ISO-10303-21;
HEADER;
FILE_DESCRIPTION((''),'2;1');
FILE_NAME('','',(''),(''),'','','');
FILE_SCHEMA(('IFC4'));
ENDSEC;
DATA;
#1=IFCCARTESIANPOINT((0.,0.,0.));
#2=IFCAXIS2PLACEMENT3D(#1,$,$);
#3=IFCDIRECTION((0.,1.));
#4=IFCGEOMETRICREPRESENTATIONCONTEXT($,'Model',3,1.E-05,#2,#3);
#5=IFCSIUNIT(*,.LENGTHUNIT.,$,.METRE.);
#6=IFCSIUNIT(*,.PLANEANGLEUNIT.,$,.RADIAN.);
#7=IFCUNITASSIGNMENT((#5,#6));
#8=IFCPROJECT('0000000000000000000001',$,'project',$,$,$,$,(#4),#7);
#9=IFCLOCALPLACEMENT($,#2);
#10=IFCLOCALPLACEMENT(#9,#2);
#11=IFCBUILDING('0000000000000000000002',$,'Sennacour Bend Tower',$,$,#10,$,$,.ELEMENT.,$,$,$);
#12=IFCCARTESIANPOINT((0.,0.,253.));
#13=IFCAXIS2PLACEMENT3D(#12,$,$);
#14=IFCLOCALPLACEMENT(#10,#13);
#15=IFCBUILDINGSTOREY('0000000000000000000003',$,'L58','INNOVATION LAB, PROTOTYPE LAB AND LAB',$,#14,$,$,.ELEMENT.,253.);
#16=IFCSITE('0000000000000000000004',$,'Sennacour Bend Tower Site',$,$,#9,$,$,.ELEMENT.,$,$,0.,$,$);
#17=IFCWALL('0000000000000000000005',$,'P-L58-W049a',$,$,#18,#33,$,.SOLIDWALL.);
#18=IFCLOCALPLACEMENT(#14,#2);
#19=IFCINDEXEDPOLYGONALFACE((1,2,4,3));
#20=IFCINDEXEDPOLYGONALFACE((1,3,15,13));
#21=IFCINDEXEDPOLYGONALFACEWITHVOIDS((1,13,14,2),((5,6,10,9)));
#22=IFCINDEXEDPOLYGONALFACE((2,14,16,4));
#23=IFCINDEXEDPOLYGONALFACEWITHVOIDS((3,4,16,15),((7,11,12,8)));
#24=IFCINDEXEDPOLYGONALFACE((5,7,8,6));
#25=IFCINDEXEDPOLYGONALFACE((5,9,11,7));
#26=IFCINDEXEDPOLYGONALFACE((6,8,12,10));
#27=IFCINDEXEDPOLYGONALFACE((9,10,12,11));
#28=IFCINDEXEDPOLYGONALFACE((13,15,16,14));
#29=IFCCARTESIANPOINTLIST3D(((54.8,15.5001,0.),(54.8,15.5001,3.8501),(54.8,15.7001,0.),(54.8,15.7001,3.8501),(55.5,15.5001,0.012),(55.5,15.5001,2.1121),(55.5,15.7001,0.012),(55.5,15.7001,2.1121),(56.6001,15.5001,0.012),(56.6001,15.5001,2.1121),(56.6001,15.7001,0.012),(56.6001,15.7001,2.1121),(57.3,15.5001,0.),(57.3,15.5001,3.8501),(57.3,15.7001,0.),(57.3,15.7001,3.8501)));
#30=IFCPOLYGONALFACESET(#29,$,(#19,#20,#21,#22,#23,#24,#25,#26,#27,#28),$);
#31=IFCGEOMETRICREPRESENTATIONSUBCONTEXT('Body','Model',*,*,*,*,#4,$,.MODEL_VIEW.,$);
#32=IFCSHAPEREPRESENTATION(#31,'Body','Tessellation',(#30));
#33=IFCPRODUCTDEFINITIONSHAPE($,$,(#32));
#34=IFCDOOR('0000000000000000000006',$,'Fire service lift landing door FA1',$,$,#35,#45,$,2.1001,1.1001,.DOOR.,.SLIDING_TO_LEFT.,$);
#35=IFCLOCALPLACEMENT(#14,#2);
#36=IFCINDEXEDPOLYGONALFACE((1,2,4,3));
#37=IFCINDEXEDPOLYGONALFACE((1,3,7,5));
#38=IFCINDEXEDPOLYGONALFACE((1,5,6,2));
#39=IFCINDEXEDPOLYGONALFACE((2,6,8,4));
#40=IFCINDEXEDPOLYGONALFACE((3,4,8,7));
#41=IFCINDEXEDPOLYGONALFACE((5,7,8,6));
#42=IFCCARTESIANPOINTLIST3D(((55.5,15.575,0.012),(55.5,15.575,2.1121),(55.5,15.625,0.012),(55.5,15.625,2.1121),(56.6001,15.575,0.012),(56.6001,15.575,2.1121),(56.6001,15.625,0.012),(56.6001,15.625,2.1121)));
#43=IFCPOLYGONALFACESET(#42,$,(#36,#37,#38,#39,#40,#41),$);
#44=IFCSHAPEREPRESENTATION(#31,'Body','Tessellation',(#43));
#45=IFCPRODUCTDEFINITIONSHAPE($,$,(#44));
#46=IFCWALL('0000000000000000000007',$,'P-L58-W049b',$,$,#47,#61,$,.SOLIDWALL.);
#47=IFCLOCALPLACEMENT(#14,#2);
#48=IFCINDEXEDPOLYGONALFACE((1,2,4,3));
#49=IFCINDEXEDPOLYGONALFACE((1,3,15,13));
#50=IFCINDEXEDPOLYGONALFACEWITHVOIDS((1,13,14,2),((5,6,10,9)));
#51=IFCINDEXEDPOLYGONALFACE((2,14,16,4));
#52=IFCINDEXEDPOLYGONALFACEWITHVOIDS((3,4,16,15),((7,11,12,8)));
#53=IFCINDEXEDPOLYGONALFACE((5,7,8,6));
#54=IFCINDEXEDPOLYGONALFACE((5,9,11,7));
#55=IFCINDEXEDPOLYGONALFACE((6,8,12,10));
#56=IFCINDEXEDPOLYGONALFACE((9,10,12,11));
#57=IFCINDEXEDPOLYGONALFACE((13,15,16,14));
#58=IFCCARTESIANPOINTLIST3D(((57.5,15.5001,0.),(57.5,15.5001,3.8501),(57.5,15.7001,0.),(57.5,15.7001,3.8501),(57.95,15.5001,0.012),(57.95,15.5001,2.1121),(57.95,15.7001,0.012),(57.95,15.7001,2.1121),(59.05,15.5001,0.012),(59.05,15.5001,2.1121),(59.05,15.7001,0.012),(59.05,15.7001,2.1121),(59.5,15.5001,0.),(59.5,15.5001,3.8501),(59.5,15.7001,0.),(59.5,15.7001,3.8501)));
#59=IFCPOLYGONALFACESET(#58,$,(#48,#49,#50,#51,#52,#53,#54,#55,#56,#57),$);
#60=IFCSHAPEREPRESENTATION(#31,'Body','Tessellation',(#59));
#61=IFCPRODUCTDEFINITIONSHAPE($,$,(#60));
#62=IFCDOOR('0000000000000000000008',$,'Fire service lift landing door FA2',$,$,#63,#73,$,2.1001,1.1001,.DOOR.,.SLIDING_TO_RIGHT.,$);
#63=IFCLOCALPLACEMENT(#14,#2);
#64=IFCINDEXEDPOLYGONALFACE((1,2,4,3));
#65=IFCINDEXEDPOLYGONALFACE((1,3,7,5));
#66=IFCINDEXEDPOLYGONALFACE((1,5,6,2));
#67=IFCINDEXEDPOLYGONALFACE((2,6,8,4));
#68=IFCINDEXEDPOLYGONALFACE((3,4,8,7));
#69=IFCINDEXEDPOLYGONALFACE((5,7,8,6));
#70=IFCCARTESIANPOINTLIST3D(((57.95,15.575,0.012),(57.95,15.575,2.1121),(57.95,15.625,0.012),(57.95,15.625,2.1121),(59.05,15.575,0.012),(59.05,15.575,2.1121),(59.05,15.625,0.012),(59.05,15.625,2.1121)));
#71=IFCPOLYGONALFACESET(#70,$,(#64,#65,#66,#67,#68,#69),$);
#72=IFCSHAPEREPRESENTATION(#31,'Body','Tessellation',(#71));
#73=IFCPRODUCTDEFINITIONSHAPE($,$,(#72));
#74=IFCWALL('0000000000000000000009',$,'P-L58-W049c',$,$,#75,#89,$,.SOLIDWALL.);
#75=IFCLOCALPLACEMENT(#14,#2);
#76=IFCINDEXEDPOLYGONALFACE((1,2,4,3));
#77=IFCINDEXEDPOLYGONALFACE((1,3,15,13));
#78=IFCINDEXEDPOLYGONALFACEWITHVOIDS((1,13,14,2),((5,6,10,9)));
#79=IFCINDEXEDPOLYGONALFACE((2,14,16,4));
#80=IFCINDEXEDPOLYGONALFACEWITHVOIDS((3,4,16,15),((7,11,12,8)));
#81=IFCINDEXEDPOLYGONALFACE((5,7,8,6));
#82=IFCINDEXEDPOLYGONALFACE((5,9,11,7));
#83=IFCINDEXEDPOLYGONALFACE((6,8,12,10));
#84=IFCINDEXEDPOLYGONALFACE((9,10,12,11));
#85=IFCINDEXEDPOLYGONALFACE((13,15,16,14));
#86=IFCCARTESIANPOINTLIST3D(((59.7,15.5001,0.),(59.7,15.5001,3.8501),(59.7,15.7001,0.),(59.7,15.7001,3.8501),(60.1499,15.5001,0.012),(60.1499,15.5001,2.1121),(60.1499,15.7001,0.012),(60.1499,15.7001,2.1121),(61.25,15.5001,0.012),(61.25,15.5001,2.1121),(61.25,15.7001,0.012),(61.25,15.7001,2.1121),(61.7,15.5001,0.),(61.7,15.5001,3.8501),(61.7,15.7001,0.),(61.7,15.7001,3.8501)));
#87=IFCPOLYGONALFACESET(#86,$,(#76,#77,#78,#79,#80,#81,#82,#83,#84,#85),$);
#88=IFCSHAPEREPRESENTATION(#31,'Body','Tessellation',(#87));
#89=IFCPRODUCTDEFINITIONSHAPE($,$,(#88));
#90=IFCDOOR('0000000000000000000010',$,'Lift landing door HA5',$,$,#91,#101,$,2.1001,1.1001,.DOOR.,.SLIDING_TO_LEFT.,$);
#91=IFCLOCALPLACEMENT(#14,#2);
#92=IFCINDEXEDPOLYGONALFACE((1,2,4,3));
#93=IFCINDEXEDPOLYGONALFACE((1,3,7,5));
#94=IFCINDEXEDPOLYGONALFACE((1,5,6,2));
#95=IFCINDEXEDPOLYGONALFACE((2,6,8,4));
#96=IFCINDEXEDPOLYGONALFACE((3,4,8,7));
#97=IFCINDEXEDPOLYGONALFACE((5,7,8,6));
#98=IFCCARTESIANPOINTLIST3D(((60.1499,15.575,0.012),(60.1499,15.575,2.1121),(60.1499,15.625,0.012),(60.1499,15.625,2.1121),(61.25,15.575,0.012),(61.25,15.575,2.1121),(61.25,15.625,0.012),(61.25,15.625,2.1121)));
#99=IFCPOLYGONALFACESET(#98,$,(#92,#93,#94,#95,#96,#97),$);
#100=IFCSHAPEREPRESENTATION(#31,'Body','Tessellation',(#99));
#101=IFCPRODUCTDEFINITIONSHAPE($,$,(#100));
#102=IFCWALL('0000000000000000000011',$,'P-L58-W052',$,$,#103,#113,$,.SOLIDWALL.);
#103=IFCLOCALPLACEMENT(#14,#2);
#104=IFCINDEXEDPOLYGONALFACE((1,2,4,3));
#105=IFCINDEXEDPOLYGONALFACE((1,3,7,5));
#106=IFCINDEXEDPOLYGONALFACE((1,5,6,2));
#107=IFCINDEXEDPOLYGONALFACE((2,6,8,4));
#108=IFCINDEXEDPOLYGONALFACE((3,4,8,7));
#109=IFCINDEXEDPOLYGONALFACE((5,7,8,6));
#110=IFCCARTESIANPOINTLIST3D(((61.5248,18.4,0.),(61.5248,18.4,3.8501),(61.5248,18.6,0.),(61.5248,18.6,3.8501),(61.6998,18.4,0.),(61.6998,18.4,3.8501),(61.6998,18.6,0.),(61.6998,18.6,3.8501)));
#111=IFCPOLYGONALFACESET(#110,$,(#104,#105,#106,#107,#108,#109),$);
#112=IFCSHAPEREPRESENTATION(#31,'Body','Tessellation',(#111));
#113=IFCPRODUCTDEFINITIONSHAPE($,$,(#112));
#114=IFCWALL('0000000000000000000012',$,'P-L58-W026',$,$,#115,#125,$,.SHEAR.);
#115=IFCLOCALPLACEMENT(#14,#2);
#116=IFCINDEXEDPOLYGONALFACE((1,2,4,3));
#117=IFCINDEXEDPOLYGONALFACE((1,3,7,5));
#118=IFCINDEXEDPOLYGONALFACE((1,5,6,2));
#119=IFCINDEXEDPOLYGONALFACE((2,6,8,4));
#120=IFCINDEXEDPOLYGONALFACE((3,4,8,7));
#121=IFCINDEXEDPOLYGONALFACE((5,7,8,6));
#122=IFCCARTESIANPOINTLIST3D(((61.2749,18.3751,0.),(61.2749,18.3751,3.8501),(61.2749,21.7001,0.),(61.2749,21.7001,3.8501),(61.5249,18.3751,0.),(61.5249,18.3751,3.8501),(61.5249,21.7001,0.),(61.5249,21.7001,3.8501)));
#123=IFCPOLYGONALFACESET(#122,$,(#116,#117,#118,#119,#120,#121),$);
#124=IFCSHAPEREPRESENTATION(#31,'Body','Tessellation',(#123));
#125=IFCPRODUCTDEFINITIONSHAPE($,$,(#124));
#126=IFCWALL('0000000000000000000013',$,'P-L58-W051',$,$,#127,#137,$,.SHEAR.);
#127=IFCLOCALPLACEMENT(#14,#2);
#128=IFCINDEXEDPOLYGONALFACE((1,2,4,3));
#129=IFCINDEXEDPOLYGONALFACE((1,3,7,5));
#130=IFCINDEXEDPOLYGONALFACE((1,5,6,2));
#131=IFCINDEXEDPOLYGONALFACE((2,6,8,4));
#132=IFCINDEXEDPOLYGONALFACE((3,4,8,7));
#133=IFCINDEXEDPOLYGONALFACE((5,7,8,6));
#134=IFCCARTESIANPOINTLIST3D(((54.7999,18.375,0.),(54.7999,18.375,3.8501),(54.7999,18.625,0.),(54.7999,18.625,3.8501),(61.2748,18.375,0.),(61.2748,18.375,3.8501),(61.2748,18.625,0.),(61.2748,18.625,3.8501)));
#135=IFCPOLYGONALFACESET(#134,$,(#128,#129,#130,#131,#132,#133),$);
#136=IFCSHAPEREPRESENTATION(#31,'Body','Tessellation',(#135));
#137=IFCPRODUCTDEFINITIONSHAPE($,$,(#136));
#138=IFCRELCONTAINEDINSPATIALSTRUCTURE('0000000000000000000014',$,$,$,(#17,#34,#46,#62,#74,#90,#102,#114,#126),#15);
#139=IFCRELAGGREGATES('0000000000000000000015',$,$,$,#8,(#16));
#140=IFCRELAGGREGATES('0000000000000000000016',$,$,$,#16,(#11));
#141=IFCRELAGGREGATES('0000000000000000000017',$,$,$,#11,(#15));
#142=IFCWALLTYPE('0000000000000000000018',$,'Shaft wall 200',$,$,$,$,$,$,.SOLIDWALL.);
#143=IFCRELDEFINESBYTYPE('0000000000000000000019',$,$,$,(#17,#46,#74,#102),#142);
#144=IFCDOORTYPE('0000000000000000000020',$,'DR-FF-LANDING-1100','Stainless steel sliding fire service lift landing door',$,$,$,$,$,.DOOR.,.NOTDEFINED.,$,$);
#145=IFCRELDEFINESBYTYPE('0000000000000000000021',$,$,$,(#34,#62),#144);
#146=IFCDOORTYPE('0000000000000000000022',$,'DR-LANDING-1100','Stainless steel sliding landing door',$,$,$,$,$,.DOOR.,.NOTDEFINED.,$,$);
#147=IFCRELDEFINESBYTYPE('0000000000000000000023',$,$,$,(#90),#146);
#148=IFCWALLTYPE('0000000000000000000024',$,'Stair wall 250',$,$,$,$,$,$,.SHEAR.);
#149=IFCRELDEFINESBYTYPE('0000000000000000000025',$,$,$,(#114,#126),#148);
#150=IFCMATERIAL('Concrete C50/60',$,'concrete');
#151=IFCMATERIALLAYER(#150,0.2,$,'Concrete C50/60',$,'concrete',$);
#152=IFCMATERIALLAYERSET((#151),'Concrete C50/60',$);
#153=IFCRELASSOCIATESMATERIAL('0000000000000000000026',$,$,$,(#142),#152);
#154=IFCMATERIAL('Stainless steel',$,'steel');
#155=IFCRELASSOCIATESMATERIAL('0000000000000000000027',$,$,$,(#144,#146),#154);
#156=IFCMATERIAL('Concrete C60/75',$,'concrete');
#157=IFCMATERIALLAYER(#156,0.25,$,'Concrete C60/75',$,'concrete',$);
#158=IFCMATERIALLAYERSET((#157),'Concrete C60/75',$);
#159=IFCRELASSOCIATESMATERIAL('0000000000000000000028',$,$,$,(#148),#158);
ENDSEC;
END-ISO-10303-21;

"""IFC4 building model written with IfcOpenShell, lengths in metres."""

from ifc_helpers import new_model, si_unit, direction, frame, frame_2d, origin, place, context, subcontext, project, spatial, rectangle, extrude, material, layer, layer_set, type_object, element, fill, save


model = new_model("IFC4")

# Units and contexts
model_context = context("Model", 3, precision=1e-05, world=origin(), true_north=direction((0.0, 1.0)))
body_context = subcontext(model_context, "Body", "Model", "MODEL_VIEW")
ifc_project = project(units=[si_unit("LENGTHUNIT", "METRE"), si_unit("PLANEANGLEUNIT", "RADIAN")], contexts=[model_context])

# Site, building, storey
site_placement = place(None, origin())
site = spatial("IfcSite", under=ifc_project, at=site_placement, Name="Sennacour Bend Tower Site", CompositionType="ELEMENT", RefElevation=0.0)
building_placement = place(site_placement, origin())
building = spatial("IfcBuilding", under=site, at=building_placement, Name="Sennacour Bend Tower", CompositionType="ELEMENT")
storey_placement = place(building_placement, frame((0.0, 0.0, 253.0)))
storey = spatial("IfcBuildingStorey", under=building, at=storey_placement, Name="L58", Description="INNOVATION LAB, PROTOTYPE LAB AND LAB", CompositionType="ELEMENT", Elevation=253.0)

# Shared definitions
ifc_material_1 = material(Name="Concrete C50/60", Category="concrete")
ifc_layer_1 = layer(ifc_material_1, 0.2, Name="Concrete C50/60", Category="concrete")
ifc_layer_set_1 = layer_set([ifc_layer_1], Name="Concrete C50/60")
wall_type_1 = type_object("IfcWallType", Name="Shaft wall 200", PredefinedType="SOLIDWALL", material=ifc_layer_set_1)

# Walls, openings, doors
wall_1_placement = place(storey_placement, frame((54.8, 15.6001, 0.0), z_axis=(0.0, 0.0, 1.0), x_axis=(1.0, 0.0, 0.0)))
wall_1 = element("IfcWall", 1, at=wall_1_placement, inside=storey, type_object=wall_type_1, Name="P-L58-W049a", PredefinedType="SOLIDWALL", context=body_context, shape_type="SweptSolid", body=[
    extrude(rectangle(XDim=2.5, YDim=0.2, at=frame_2d((1.25, 0.0))), origin(), (0.0, 0.0, 1.0), 3.8501),
])
opening_1_placement = place(wall_1_placement, frame((0.7, 0.0, 0.012)))
opening_1 = element("IfcOpeningElement", 2, at=opening_1_placement, cuts=wall_1, PredefinedType="OPENING", context=body_context, shape_type="SweptSolid", body=[
    extrude(rectangle(XDim=1.1001, YDim=2.1001, at=frame_2d((0.55, 1.05))), frame((0.0, 0.1099, 0.0), z_axis=(0.0, -1.0, 0.0), x_axis=(1.0, 0.0, 0.0)), (0.0, 0.0, 1.0), 0.22),
])
ifc_material_2 = material(Name="Stainless steel", Category="steel")
door_type_1 = type_object("IfcDoorType", Name="DR-FF-LANDING-1100", Description="Stainless steel sliding fire service lift landing door", OperationType="NOTDEFINED", PredefinedType="DOOR", material=ifc_material_2)
door_1_placement = place(opening_1_placement, origin())
door_1 = element("IfcDoor", 3, at=door_1_placement, inside=storey, type_object=door_type_1, Name="Fire service lift landing door FA1", OperationType="SLIDING_TO_LEFT", OverallHeight=2.1001, OverallWidth=1.1001, PredefinedType="DOOR", context=body_context, shape_type="SweptSolid", body=[
    extrude(rectangle(XDim=1.1001, YDim=2.1001, at=frame_2d((0.55, 1.05))), frame((0.0, 0.0249, 0.0), z_axis=(0.0, -1.0, 0.0), x_axis=(1.0, 0.0, 0.0)), (0.0, 0.0, 1.0), 0.05),
])
fill(opening_1, door_1)
wall_2_placement = place(storey_placement, frame((57.5, 15.6001, 0.0), z_axis=(0.0, 0.0, 1.0), x_axis=(1.0, 0.0, 0.0)))
wall_2 = element("IfcWall", 4, at=wall_2_placement, inside=storey, type_object=wall_type_1, Name="P-L58-W049b", PredefinedType="SOLIDWALL", context=body_context, shape_type="SweptSolid", body=[
    extrude(rectangle(XDim=2.0, YDim=0.2, at=frame_2d((1.0, 0.0))), origin(), (0.0, 0.0, 1.0), 3.8501),
])
opening_2_placement = place(wall_2_placement, frame((0.45, 0.0, 0.012)))
opening_2 = element("IfcOpeningElement", 5, at=opening_2_placement, cuts=wall_2, PredefinedType="OPENING", context=body_context, shape_type="SweptSolid", body=[
    extrude(rectangle(XDim=1.1001, YDim=2.1001, at=frame_2d((0.55, 1.05))), frame((0.0, 0.1099, 0.0), z_axis=(0.0, -1.0, 0.0), x_axis=(1.0, 0.0, 0.0)), (0.0, 0.0, 1.0), 0.22),
])
door_2_placement = place(opening_2_placement, origin())
door_2 = element("IfcDoor", 6, at=door_2_placement, inside=storey, type_object=door_type_1, Name="Fire service lift landing door FA2", OperationType="SLIDING_TO_RIGHT", OverallHeight=2.1001, OverallWidth=1.1001, PredefinedType="DOOR", context=body_context, shape_type="SweptSolid", body=[
    extrude(rectangle(XDim=1.1001, YDim=2.1001, at=frame_2d((0.55, 1.05))), frame((0.0, 0.0249, 0.0), z_axis=(0.0, -1.0, 0.0), x_axis=(1.0, 0.0, 0.0)), (0.0, 0.0, 1.0), 0.05),
])
fill(opening_2, door_2)
wall_3_placement = place(storey_placement, frame((59.7, 15.6001, 0.0), z_axis=(0.0, 0.0, 1.0), x_axis=(1.0, 0.0, 0.0)))
wall_3 = element("IfcWall", 7, at=wall_3_placement, inside=storey, type_object=wall_type_1, Name="P-L58-W049c", PredefinedType="SOLIDWALL", context=body_context, shape_type="SweptSolid", body=[
    extrude(rectangle(XDim=2.0, YDim=0.2, at=frame_2d((1.0, 0.0))), origin(), (0.0, 0.0, 1.0), 3.8501),
])
opening_3_placement = place(wall_3_placement, frame((0.45, 0.0, 0.012)))
opening_3 = element("IfcOpeningElement", 8, at=opening_3_placement, cuts=wall_3, PredefinedType="OPENING", context=body_context, shape_type="SweptSolid", body=[
    extrude(rectangle(XDim=1.1001, YDim=2.1001, at=frame_2d((0.55, 1.05))), frame((0.0, 0.1099, 0.0), z_axis=(0.0, -1.0, 0.0), x_axis=(1.0, 0.0, 0.0)), (0.0, 0.0, 1.0), 0.22),
])
door_type_2 = type_object("IfcDoorType", Name="DR-LANDING-1100", Description="Stainless steel sliding landing door", OperationType="NOTDEFINED", PredefinedType="DOOR", material=ifc_material_2)
door_3_placement = place(opening_3_placement, origin())
door_3 = element("IfcDoor", 9, at=door_3_placement, inside=storey, type_object=door_type_2, Name="Lift landing door HA5", OperationType="SLIDING_TO_LEFT", OverallHeight=2.1001, OverallWidth=1.1001, PredefinedType="DOOR", context=body_context, shape_type="SweptSolid", body=[
    extrude(rectangle(XDim=1.1001, YDim=2.1001, at=frame_2d((0.55, 1.05))), frame((0.0, 0.0249, 0.0), z_axis=(0.0, -1.0, 0.0), x_axis=(1.0, 0.0, 0.0)), (0.0, 0.0, 1.0), 0.05),
])
fill(opening_3, door_3)

# Walls
wall_4_placement = place(storey_placement, frame((61.5249, 18.5, 0.0), z_axis=(0.0, 0.0, 1.0), x_axis=(1.0, 0.0, 0.0)))
element("IfcWall", 10, at=wall_4_placement, inside=storey, type_object=wall_type_1, Name="P-L58-W052", PredefinedType="SOLIDWALL", context=body_context, shape_type="SweptSolid", body=[
    extrude(rectangle(XDim=0.175, YDim=0.2, at=frame_2d((0.0874, 0.0))), origin(), (0.0, 0.0, 1.0), 3.8501),
])
ifc_material_3 = material(Name="Concrete C60/75", Category="concrete")
ifc_layer_2 = layer(ifc_material_3, 0.25, Name="Concrete C60/75", Category="concrete")
ifc_layer_set_2 = layer_set([ifc_layer_2], Name="Concrete C60/75")
wall_type_2 = type_object("IfcWallType", Name="Stair wall 250", PredefinedType="SHEAR", material=ifc_layer_set_2)
wall_5_placement = place(storey_placement, frame((61.3999, 18.375, 0.0), z_axis=(0.0, 0.0, 1.0), x_axis=(0.0, 1.0, 0.0)))
element("IfcWall", 11, at=wall_5_placement, inside=storey, type_object=wall_type_2, Name="P-L58-W026", PredefinedType="SHEAR", context=body_context, shape_type="SweptSolid", body=[
    extrude(rectangle(XDim=3.325, YDim=0.25, at=frame_2d((1.6626, 0.0))), origin(), (0.0, 0.0, 1.0), 3.8501),
])
wall_6_placement = place(storey_placement, frame((54.8, 18.5, 0.0), z_axis=(0.0, 0.0, 1.0), x_axis=(1.0, 0.0, 0.0)))
element("IfcWall", 12, at=wall_6_placement, inside=storey, type_object=wall_type_2, Name="P-L58-W051", PredefinedType="SHEAR", context=body_context, shape_type="SweptSolid", body=[
    extrude(rectangle(XDim=6.4749, YDim=0.25, at=frame_2d((3.2373, 0.0))), origin(), (0.0, 0.0, 1.0), 3.8501),
])

save(model, "model.ifc")
